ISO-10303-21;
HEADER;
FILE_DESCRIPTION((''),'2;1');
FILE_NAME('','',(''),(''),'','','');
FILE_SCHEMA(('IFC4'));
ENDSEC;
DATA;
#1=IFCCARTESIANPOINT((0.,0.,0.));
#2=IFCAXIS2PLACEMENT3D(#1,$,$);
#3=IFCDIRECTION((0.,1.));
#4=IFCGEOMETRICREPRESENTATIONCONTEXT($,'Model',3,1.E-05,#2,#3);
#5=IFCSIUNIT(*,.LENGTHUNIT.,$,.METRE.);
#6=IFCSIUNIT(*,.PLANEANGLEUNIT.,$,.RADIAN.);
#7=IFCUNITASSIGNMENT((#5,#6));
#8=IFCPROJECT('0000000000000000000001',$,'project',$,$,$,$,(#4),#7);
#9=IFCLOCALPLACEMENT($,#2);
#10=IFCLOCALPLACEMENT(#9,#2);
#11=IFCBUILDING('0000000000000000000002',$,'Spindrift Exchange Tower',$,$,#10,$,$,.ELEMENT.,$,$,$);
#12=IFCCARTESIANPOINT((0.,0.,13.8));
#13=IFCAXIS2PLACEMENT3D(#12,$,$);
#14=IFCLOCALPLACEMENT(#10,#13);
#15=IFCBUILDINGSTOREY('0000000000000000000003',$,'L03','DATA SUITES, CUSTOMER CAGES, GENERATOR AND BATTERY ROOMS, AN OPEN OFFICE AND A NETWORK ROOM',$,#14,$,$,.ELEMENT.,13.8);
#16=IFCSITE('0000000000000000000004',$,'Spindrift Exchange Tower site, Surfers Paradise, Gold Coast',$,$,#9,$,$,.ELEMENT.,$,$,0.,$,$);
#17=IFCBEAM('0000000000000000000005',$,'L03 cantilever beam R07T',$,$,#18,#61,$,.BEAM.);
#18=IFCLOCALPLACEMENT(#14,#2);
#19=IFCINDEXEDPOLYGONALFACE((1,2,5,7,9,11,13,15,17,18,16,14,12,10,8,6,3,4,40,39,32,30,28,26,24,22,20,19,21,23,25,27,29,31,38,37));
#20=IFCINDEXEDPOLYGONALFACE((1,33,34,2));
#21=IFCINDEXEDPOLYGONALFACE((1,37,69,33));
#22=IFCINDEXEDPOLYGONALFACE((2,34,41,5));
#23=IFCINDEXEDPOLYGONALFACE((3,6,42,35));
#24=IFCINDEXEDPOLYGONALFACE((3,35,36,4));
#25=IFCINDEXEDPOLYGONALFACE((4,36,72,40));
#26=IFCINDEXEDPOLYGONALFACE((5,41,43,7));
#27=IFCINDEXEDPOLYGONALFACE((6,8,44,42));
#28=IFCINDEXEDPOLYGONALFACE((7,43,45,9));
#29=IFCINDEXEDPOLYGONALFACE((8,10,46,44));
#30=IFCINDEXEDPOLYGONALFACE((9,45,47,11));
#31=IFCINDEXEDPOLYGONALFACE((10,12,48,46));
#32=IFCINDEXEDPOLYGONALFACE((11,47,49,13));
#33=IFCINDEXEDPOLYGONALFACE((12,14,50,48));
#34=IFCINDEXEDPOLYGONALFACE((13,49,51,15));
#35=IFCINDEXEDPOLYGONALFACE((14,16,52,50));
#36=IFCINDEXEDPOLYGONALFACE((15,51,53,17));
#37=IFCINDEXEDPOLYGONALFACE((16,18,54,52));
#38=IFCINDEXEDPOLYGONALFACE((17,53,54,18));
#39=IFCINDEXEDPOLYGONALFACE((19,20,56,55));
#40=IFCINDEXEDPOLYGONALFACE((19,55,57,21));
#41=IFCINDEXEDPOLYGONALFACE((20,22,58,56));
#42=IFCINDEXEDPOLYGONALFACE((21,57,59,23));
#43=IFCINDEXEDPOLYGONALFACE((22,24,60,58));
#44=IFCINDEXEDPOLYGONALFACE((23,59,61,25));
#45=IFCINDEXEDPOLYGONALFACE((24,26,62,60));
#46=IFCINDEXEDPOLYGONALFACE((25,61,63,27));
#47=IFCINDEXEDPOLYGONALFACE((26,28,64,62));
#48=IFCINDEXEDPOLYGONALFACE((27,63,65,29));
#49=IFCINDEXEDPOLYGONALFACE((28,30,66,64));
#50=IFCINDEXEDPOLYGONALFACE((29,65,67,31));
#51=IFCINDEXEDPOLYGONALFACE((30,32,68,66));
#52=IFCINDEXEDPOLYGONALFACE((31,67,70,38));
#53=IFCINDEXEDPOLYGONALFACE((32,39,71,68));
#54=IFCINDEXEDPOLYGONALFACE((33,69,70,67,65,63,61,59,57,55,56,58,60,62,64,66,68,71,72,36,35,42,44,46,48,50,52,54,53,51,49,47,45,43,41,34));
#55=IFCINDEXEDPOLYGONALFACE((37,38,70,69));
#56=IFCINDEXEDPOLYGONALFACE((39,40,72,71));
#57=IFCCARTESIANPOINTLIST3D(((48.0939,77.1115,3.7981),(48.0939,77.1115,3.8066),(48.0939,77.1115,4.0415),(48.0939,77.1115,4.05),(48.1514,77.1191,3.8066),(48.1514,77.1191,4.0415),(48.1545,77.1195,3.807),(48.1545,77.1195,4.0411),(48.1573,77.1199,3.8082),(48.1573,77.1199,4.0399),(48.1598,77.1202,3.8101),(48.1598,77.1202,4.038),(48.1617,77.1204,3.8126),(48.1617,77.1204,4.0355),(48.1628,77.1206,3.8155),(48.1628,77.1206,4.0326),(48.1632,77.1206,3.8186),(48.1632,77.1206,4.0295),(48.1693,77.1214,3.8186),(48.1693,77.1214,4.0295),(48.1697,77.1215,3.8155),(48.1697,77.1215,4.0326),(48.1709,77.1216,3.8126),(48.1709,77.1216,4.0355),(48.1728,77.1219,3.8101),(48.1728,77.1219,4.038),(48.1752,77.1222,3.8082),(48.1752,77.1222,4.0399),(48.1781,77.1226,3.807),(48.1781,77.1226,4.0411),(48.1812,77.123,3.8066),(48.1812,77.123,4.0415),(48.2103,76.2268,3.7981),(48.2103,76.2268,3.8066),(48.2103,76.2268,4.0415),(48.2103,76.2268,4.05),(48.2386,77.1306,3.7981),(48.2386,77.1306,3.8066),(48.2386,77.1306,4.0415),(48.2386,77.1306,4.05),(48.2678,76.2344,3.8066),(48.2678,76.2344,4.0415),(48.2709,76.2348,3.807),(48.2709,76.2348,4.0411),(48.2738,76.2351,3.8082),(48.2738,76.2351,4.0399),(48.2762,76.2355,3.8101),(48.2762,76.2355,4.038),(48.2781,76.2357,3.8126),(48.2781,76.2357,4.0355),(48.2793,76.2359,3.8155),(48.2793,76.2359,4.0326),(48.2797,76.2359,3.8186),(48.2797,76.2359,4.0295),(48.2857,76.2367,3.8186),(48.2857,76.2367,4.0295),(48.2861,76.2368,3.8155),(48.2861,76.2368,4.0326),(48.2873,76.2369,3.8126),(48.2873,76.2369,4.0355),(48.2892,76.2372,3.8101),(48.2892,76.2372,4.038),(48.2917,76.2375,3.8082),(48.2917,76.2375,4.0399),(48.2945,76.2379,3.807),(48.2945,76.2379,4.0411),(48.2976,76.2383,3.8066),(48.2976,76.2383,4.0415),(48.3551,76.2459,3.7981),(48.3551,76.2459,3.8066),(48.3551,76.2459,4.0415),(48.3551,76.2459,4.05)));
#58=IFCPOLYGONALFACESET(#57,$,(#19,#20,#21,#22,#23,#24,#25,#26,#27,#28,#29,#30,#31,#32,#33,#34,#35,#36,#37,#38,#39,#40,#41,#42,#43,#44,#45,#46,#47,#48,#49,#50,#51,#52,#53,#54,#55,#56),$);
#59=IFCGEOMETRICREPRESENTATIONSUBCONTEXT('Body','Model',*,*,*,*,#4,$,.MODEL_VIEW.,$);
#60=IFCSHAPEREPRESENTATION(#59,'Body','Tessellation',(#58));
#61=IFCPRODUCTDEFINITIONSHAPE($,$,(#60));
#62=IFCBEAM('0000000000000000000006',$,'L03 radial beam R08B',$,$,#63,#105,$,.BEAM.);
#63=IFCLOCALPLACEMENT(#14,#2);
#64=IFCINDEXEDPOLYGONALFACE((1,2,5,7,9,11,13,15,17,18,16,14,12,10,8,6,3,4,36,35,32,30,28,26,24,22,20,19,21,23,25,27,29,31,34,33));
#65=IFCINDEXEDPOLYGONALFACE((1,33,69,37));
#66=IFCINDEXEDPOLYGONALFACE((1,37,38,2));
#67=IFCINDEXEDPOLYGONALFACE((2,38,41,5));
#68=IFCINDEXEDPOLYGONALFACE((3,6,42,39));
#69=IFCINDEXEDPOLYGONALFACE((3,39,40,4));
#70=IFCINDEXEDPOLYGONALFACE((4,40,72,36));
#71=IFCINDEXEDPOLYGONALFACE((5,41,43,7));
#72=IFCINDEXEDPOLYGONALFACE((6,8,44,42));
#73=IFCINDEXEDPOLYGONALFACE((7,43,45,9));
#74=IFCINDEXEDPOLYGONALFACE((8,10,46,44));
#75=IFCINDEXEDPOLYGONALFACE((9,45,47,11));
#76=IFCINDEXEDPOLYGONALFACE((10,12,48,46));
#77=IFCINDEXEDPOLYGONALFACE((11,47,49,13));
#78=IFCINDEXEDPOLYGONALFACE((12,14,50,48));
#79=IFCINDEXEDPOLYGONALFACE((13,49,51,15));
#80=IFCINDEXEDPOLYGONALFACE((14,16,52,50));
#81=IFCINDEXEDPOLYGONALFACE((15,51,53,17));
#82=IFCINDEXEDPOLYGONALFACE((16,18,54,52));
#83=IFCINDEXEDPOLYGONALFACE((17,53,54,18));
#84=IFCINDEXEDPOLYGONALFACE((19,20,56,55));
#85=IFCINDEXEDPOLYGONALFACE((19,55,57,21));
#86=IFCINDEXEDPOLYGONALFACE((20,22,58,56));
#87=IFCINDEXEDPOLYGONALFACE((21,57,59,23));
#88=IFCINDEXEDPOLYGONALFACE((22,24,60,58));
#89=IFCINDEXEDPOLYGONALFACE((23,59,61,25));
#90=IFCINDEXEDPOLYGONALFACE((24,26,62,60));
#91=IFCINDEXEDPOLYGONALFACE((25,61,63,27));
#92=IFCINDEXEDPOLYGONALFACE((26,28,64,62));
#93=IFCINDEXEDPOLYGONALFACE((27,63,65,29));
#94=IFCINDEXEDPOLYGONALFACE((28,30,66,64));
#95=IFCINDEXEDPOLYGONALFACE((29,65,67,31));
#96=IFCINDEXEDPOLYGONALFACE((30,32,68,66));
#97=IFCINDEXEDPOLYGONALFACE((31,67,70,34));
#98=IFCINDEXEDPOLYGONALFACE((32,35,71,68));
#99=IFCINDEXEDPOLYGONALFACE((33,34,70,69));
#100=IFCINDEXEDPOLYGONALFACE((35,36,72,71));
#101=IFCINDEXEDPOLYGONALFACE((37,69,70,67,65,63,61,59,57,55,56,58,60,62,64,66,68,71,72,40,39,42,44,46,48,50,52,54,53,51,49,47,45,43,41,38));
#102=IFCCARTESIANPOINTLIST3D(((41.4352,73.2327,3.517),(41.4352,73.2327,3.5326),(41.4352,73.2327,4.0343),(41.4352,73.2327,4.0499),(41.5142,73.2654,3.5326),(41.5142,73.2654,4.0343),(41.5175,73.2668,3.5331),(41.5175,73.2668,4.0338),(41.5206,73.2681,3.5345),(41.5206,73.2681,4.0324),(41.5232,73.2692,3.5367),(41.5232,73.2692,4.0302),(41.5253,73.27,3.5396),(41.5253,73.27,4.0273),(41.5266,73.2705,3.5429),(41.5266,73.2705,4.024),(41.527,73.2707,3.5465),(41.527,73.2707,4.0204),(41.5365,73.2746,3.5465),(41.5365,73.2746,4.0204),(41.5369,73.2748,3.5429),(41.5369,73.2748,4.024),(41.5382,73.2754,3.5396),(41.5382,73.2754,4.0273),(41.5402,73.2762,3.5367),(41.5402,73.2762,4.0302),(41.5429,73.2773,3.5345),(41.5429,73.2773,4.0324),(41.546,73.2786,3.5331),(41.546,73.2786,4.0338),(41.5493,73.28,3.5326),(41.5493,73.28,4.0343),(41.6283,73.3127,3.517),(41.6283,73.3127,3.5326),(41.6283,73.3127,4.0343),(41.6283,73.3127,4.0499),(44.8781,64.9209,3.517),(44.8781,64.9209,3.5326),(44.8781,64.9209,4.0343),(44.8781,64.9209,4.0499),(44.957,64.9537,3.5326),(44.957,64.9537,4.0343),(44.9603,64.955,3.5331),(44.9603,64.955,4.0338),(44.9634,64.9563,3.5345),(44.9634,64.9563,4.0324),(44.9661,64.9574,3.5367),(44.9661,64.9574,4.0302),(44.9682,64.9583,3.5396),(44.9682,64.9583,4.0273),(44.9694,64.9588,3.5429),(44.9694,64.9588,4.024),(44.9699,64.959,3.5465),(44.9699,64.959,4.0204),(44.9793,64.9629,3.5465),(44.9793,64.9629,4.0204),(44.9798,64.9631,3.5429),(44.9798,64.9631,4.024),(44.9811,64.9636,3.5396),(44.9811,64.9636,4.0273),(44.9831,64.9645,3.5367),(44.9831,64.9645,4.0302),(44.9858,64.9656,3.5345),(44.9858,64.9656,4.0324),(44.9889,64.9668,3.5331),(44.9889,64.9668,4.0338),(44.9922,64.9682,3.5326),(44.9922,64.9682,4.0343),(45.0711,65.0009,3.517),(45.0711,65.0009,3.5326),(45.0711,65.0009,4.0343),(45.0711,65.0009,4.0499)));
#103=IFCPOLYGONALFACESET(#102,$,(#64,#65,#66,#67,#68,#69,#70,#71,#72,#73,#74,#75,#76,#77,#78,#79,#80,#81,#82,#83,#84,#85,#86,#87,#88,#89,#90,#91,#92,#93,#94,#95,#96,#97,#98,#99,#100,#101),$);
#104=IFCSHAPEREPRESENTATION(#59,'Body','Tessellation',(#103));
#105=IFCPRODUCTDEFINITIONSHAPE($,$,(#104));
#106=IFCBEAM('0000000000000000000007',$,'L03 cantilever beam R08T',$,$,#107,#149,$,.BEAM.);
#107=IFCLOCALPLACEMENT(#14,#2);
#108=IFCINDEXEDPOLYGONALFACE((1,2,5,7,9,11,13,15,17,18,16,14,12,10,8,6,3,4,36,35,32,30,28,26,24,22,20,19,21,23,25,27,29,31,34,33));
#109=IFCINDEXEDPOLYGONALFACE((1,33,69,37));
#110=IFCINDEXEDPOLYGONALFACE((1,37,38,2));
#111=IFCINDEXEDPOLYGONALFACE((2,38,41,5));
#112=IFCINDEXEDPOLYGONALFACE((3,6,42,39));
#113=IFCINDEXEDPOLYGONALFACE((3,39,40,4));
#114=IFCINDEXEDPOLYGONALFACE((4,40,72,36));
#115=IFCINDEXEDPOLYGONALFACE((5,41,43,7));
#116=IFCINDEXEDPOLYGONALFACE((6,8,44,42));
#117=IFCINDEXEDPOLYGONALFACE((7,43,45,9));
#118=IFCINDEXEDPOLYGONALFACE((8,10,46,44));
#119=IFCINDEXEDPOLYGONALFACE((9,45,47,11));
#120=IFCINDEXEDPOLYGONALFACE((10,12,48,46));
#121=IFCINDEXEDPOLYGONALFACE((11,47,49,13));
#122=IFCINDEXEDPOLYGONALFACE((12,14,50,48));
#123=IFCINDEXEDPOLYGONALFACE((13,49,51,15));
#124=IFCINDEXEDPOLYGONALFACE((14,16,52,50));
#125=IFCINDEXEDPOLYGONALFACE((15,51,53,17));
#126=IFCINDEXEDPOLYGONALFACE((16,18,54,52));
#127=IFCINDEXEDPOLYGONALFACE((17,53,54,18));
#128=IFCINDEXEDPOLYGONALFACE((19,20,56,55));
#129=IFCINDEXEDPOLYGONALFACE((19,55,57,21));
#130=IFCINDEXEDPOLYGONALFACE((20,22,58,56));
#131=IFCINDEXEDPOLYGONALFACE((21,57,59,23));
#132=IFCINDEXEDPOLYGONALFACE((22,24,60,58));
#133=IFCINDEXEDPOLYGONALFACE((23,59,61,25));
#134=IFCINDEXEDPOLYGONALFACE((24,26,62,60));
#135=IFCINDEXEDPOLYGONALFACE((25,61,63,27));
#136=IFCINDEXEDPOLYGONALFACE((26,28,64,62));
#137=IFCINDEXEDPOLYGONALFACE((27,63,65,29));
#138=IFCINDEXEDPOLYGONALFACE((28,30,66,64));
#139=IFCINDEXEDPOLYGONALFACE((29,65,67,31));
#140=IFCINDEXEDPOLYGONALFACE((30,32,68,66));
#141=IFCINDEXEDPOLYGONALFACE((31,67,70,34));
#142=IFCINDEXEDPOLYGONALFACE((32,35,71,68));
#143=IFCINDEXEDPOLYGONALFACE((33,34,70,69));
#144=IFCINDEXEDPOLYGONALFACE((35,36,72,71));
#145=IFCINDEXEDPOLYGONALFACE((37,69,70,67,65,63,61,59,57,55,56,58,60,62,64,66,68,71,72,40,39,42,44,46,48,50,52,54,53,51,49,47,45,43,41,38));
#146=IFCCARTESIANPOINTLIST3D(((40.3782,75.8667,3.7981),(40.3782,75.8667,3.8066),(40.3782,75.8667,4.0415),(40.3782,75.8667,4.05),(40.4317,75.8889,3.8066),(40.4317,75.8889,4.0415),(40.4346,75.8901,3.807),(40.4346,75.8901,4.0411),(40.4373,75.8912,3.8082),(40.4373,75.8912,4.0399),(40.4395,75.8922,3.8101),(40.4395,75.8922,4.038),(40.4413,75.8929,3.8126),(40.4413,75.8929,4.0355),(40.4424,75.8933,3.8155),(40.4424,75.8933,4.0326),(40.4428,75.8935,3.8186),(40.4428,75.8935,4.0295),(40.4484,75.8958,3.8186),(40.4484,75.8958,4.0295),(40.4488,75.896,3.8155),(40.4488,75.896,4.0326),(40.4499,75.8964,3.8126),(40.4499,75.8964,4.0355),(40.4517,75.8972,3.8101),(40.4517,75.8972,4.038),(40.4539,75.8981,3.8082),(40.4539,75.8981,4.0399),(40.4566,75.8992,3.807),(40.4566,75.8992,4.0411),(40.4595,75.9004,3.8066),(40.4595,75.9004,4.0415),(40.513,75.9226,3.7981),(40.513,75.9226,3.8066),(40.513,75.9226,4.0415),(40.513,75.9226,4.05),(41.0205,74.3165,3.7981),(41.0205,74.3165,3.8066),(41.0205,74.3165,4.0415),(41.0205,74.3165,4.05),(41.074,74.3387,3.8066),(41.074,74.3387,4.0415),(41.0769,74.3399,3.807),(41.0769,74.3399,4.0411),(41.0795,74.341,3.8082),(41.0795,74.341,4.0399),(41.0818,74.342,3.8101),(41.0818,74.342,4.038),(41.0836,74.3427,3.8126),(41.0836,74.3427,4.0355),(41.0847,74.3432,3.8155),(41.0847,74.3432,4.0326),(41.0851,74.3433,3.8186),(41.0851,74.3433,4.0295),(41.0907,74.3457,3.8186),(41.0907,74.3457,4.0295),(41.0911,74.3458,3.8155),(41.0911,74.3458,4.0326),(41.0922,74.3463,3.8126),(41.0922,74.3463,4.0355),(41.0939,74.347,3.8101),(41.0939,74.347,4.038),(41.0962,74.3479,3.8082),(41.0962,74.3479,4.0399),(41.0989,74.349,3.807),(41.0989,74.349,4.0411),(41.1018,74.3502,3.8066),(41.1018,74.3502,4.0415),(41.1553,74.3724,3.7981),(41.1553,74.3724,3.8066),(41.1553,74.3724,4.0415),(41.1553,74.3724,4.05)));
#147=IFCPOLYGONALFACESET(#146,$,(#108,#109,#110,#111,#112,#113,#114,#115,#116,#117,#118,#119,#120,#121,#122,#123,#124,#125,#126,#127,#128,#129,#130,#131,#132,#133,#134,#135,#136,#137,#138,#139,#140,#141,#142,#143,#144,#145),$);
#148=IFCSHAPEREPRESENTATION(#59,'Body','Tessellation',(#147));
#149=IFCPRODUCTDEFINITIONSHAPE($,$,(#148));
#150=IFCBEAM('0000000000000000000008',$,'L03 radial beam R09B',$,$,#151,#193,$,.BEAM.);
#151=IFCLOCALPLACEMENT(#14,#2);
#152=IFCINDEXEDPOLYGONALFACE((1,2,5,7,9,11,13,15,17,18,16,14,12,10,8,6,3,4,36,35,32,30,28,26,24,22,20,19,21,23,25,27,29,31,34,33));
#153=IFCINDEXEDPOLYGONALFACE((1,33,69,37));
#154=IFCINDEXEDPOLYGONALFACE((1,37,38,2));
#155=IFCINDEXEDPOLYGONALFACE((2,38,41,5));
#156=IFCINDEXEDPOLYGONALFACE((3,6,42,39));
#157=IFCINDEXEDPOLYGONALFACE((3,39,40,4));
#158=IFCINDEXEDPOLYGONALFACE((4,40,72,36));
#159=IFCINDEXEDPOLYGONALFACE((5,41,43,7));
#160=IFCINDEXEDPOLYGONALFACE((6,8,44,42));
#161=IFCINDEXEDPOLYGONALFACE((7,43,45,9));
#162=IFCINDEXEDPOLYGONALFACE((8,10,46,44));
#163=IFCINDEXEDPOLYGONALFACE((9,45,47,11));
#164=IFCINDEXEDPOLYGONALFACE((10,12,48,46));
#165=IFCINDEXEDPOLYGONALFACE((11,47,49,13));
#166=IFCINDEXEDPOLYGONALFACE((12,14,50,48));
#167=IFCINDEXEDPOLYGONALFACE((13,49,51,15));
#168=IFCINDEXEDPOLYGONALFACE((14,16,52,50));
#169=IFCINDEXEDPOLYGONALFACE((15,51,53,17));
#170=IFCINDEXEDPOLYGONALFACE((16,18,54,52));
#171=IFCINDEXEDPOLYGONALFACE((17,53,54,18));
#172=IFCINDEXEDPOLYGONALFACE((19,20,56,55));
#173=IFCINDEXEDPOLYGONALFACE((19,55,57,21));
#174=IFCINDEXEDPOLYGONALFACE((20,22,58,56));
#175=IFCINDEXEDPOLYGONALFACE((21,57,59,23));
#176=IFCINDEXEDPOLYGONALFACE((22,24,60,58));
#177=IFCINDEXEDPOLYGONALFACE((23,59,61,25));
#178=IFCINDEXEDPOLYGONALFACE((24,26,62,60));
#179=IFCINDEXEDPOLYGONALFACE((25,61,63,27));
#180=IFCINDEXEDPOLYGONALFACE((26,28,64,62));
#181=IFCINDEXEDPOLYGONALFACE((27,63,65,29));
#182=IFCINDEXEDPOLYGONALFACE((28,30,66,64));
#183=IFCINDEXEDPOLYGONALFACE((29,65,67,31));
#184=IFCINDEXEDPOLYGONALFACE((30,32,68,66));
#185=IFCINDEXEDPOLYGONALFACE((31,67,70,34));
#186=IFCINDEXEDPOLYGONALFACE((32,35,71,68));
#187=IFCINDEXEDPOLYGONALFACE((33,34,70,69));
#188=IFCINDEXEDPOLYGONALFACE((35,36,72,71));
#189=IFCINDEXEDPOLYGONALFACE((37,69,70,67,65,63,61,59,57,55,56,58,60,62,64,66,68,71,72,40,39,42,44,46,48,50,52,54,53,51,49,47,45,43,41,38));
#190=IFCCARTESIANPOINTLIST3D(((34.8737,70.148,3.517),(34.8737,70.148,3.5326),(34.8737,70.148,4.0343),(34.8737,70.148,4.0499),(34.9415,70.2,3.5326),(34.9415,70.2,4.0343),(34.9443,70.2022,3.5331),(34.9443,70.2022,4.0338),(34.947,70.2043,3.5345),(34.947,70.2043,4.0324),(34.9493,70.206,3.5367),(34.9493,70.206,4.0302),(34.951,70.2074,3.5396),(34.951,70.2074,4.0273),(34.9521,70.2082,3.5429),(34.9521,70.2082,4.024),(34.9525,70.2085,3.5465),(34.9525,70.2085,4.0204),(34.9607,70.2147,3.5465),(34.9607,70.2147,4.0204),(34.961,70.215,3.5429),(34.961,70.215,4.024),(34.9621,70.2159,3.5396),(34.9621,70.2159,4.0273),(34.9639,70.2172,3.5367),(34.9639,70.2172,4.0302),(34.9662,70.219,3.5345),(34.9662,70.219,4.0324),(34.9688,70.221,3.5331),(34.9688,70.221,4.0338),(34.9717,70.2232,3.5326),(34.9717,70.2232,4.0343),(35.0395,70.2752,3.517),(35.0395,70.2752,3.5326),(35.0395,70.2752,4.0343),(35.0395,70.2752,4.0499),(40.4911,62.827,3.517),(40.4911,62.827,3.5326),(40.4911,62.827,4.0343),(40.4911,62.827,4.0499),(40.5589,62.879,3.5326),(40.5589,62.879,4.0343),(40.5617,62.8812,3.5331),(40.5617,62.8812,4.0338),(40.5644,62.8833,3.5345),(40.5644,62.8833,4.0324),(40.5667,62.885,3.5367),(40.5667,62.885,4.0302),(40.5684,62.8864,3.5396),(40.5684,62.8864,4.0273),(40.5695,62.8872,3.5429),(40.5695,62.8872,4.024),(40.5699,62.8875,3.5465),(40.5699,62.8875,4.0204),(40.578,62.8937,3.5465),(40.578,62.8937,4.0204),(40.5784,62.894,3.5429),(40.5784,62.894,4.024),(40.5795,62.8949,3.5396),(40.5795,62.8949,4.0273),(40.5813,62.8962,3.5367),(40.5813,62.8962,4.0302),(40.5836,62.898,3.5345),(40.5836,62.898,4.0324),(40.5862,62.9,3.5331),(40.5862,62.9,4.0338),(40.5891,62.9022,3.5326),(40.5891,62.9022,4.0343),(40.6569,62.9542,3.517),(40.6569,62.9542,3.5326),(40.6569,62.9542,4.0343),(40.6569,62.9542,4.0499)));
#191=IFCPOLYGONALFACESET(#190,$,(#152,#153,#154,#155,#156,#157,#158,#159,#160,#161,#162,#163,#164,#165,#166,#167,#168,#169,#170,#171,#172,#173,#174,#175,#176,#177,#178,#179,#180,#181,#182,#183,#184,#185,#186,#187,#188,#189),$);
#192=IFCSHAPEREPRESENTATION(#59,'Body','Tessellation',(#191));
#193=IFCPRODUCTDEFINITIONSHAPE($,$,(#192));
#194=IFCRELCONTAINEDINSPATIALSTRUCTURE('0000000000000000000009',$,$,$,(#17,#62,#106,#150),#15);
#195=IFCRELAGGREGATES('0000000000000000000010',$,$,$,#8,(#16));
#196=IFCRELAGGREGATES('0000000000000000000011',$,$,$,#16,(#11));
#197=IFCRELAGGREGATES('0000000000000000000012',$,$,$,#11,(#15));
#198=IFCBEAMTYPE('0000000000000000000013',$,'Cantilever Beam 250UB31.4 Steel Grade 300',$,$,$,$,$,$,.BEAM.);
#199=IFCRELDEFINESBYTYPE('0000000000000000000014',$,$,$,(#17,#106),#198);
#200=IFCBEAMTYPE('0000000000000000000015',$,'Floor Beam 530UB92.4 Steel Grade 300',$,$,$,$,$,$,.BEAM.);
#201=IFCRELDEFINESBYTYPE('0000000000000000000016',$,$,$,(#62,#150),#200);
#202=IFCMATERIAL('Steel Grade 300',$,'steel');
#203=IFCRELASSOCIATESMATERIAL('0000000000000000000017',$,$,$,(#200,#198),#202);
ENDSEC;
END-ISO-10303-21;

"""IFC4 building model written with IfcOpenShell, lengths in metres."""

from ifc_helpers import new_model, si_unit, direction, frame, origin, origin_2d, place, context, subcontext, project, spatial, i_section, extrude, source, transform, mapped, material, material_profile, profile_set, type_object, element, save


model = new_model("IFC4")

# Units and contexts
model_context = context("Model", 3, precision=1e-05, world=origin(), true_north=direction((0.0, 1.0)))
body_context = subcontext(model_context, "Body", "Model", "MODEL_VIEW")
ifc_project = project(units=[si_unit("LENGTHUNIT", "METRE"), si_unit("PLANEANGLEUNIT", "RADIAN")], contexts=[model_context])

# Site, building, storey
site_placement = place(None, origin())
site = spatial("IfcSite", under=ifc_project, at=site_placement, Name="Spindrift Exchange Tower site, Surfers Paradise, Gold Coast", CompositionType="ELEMENT", RefElevation=0.0)
building_placement = place(site_placement, origin())
building = spatial("IfcBuilding", under=site, at=building_placement, Name="Spindrift Exchange Tower", CompositionType="ELEMENT")
storey_placement = place(building_placement, frame((0.0, 0.0, 13.8)))
storey = spatial("IfcBuildingStorey", under=building, at=storey_placement, Name="L03", Description="DATA SUITES, CUSTOMER CAGES, GENERATOR AND BATTERY ROOMS, AN OPEN OFFICE AND A NETWORK ROOM", CompositionType="ELEMENT", Elevation=13.8)

# Beams
ifc_material_1 = material(Name="Steel Grade 300", Category="steel")
ifc_material_profile_1 = material_profile(ifc_material_1, i_section(OverallWidth=0.209, OverallDepth=0.533, WebThickness=0.0103, FlangeThickness=0.0156, FilletRadius=0.0139, at=origin_2d()), Name="530UB92.4")
ifc_profile_set_1 = profile_set([ifc_material_profile_1], Name="Steel Grade 300")
beam_type_1 = type_object("IfcBeamType", Name="Floor Beam 530UB92.4 Steel Grade 300", PredefinedType="BEAM", material=ifc_profile_set_1)
ifc_material_profile_2 = material_profile(ifc_material_1, i_section(OverallWidth=0.146, OverallDepth=0.252, WebThickness=0.0061, FlangeThickness=0.0085, FilletRadius=0.012, at=origin_2d()), Name="250UB31.4")
ifc_profile_set_2 = profile_set([ifc_material_profile_2], Name="Steel Grade 300")
beam_type_2 = type_object("IfcBeamType", Name="Cantilever Beam 250UB31.4 Steel Grade 300", PredefinedType="BEAM", material=ifc_profile_set_2)
shared_shape_1 = source(origin(), body_context, "Body", "SweptSolid", [
    extrude(i_section(OverallWidth=0.146, OverallDepth=0.252, WebThickness=0.0061, FlangeThickness=0.0085, FilletRadius=0.012, at=origin_2d()), origin(), (0.0, 0.0, 1.0), 0.8923),
])
beam_1_placement = place(storey_placement, frame((48.2827, 76.2363, 3.9241), z_axis=(-0.130497, 0.991449, 0.0), x_axis=(-0.991449, -0.130497, 0.0)))
element("IfcBeam", 1, at=beam_1_placement, inside=storey, type_object=beam_type_2, Name="L03 cantilever beam R07T", PredefinedType="BEAM", context=body_context, shape_type="MappedRepresentation", body=[
    mapped(shared_shape_1, transform((0.0, 0.0, 0.0), scale=1.0)),
])
shared_shape_2 = source(origin(), body_context, "Body", "SweptSolid", [
    extrude(i_section(OverallWidth=0.209, OverallDepth=0.533, WebThickness=0.0103, FlangeThickness=0.0156, FilletRadius=0.0139, at=origin_2d()), origin(), (0.0, 0.0, 1.0), 8.9966),
])
beam_2_placement = place(storey_placement, frame((44.9746, 64.9609, 3.7834), z_axis=(-0.382686, 0.923879, 0.0), x_axis=(-0.923879, -0.382686, 0.0)))
element("IfcBeam", 2, at=beam_2_placement, inside=storey, type_object=beam_type_1, Name="L03 radial beam R08B", PredefinedType="BEAM", context=body_context, shape_type="MappedRepresentation", body=[
    mapped(shared_shape_2, transform((0.0, 0.0, 0.0), scale=1.0)),
])
shared_shape_3 = source(origin(), body_context, "Body", "SweptSolid", [
    extrude(i_section(OverallWidth=0.146, OverallDepth=0.252, WebThickness=0.0061, FlangeThickness=0.0085, FilletRadius=0.012, at=origin_2d()), origin(), (0.0, 0.0, 1.0), 1.678),
])
beam_3_placement = place(storey_placement, frame((41.0879, 74.3445, 3.9241), z_axis=(-0.382776, 0.923841, 0.0), x_axis=(-0.923841, -0.382776, 0.0)))
element("IfcBeam", 3, at=beam_3_placement, inside=storey, type_object=beam_type_2, Name="L03 cantilever beam R08T", PredefinedType="BEAM", context=body_context, shape_type="MappedRepresentation", body=[
    mapped(shared_shape_3, transform((0.0, 0.0, 0.0), scale=1.0)),
])
shared_shape_4 = source(origin(), body_context, "Body", "SweptSolid", [
    extrude(i_section(OverallWidth=0.209, OverallDepth=0.533, WebThickness=0.0103, FlangeThickness=0.0156, FilletRadius=0.0139, at=origin_2d()), origin(), (0.0, 0.0, 1.0), 9.2278),
])
beam_4_placement = place(storey_placement, frame((40.574, 62.8906, 3.7834), z_axis=(-0.608748, 0.793364, 0.0), x_axis=(-0.793364, -0.608748, 0.0)))
element("IfcBeam", 4, at=beam_4_placement, inside=storey, type_object=beam_type_1, Name="L03 radial beam R09B", PredefinedType="BEAM", context=body_context, shape_type="MappedRepresentation", body=[
    mapped(shared_shape_4, transform((0.0, 0.0, 0.0), scale=1.0)),
])

save(model, "model.ifc")
